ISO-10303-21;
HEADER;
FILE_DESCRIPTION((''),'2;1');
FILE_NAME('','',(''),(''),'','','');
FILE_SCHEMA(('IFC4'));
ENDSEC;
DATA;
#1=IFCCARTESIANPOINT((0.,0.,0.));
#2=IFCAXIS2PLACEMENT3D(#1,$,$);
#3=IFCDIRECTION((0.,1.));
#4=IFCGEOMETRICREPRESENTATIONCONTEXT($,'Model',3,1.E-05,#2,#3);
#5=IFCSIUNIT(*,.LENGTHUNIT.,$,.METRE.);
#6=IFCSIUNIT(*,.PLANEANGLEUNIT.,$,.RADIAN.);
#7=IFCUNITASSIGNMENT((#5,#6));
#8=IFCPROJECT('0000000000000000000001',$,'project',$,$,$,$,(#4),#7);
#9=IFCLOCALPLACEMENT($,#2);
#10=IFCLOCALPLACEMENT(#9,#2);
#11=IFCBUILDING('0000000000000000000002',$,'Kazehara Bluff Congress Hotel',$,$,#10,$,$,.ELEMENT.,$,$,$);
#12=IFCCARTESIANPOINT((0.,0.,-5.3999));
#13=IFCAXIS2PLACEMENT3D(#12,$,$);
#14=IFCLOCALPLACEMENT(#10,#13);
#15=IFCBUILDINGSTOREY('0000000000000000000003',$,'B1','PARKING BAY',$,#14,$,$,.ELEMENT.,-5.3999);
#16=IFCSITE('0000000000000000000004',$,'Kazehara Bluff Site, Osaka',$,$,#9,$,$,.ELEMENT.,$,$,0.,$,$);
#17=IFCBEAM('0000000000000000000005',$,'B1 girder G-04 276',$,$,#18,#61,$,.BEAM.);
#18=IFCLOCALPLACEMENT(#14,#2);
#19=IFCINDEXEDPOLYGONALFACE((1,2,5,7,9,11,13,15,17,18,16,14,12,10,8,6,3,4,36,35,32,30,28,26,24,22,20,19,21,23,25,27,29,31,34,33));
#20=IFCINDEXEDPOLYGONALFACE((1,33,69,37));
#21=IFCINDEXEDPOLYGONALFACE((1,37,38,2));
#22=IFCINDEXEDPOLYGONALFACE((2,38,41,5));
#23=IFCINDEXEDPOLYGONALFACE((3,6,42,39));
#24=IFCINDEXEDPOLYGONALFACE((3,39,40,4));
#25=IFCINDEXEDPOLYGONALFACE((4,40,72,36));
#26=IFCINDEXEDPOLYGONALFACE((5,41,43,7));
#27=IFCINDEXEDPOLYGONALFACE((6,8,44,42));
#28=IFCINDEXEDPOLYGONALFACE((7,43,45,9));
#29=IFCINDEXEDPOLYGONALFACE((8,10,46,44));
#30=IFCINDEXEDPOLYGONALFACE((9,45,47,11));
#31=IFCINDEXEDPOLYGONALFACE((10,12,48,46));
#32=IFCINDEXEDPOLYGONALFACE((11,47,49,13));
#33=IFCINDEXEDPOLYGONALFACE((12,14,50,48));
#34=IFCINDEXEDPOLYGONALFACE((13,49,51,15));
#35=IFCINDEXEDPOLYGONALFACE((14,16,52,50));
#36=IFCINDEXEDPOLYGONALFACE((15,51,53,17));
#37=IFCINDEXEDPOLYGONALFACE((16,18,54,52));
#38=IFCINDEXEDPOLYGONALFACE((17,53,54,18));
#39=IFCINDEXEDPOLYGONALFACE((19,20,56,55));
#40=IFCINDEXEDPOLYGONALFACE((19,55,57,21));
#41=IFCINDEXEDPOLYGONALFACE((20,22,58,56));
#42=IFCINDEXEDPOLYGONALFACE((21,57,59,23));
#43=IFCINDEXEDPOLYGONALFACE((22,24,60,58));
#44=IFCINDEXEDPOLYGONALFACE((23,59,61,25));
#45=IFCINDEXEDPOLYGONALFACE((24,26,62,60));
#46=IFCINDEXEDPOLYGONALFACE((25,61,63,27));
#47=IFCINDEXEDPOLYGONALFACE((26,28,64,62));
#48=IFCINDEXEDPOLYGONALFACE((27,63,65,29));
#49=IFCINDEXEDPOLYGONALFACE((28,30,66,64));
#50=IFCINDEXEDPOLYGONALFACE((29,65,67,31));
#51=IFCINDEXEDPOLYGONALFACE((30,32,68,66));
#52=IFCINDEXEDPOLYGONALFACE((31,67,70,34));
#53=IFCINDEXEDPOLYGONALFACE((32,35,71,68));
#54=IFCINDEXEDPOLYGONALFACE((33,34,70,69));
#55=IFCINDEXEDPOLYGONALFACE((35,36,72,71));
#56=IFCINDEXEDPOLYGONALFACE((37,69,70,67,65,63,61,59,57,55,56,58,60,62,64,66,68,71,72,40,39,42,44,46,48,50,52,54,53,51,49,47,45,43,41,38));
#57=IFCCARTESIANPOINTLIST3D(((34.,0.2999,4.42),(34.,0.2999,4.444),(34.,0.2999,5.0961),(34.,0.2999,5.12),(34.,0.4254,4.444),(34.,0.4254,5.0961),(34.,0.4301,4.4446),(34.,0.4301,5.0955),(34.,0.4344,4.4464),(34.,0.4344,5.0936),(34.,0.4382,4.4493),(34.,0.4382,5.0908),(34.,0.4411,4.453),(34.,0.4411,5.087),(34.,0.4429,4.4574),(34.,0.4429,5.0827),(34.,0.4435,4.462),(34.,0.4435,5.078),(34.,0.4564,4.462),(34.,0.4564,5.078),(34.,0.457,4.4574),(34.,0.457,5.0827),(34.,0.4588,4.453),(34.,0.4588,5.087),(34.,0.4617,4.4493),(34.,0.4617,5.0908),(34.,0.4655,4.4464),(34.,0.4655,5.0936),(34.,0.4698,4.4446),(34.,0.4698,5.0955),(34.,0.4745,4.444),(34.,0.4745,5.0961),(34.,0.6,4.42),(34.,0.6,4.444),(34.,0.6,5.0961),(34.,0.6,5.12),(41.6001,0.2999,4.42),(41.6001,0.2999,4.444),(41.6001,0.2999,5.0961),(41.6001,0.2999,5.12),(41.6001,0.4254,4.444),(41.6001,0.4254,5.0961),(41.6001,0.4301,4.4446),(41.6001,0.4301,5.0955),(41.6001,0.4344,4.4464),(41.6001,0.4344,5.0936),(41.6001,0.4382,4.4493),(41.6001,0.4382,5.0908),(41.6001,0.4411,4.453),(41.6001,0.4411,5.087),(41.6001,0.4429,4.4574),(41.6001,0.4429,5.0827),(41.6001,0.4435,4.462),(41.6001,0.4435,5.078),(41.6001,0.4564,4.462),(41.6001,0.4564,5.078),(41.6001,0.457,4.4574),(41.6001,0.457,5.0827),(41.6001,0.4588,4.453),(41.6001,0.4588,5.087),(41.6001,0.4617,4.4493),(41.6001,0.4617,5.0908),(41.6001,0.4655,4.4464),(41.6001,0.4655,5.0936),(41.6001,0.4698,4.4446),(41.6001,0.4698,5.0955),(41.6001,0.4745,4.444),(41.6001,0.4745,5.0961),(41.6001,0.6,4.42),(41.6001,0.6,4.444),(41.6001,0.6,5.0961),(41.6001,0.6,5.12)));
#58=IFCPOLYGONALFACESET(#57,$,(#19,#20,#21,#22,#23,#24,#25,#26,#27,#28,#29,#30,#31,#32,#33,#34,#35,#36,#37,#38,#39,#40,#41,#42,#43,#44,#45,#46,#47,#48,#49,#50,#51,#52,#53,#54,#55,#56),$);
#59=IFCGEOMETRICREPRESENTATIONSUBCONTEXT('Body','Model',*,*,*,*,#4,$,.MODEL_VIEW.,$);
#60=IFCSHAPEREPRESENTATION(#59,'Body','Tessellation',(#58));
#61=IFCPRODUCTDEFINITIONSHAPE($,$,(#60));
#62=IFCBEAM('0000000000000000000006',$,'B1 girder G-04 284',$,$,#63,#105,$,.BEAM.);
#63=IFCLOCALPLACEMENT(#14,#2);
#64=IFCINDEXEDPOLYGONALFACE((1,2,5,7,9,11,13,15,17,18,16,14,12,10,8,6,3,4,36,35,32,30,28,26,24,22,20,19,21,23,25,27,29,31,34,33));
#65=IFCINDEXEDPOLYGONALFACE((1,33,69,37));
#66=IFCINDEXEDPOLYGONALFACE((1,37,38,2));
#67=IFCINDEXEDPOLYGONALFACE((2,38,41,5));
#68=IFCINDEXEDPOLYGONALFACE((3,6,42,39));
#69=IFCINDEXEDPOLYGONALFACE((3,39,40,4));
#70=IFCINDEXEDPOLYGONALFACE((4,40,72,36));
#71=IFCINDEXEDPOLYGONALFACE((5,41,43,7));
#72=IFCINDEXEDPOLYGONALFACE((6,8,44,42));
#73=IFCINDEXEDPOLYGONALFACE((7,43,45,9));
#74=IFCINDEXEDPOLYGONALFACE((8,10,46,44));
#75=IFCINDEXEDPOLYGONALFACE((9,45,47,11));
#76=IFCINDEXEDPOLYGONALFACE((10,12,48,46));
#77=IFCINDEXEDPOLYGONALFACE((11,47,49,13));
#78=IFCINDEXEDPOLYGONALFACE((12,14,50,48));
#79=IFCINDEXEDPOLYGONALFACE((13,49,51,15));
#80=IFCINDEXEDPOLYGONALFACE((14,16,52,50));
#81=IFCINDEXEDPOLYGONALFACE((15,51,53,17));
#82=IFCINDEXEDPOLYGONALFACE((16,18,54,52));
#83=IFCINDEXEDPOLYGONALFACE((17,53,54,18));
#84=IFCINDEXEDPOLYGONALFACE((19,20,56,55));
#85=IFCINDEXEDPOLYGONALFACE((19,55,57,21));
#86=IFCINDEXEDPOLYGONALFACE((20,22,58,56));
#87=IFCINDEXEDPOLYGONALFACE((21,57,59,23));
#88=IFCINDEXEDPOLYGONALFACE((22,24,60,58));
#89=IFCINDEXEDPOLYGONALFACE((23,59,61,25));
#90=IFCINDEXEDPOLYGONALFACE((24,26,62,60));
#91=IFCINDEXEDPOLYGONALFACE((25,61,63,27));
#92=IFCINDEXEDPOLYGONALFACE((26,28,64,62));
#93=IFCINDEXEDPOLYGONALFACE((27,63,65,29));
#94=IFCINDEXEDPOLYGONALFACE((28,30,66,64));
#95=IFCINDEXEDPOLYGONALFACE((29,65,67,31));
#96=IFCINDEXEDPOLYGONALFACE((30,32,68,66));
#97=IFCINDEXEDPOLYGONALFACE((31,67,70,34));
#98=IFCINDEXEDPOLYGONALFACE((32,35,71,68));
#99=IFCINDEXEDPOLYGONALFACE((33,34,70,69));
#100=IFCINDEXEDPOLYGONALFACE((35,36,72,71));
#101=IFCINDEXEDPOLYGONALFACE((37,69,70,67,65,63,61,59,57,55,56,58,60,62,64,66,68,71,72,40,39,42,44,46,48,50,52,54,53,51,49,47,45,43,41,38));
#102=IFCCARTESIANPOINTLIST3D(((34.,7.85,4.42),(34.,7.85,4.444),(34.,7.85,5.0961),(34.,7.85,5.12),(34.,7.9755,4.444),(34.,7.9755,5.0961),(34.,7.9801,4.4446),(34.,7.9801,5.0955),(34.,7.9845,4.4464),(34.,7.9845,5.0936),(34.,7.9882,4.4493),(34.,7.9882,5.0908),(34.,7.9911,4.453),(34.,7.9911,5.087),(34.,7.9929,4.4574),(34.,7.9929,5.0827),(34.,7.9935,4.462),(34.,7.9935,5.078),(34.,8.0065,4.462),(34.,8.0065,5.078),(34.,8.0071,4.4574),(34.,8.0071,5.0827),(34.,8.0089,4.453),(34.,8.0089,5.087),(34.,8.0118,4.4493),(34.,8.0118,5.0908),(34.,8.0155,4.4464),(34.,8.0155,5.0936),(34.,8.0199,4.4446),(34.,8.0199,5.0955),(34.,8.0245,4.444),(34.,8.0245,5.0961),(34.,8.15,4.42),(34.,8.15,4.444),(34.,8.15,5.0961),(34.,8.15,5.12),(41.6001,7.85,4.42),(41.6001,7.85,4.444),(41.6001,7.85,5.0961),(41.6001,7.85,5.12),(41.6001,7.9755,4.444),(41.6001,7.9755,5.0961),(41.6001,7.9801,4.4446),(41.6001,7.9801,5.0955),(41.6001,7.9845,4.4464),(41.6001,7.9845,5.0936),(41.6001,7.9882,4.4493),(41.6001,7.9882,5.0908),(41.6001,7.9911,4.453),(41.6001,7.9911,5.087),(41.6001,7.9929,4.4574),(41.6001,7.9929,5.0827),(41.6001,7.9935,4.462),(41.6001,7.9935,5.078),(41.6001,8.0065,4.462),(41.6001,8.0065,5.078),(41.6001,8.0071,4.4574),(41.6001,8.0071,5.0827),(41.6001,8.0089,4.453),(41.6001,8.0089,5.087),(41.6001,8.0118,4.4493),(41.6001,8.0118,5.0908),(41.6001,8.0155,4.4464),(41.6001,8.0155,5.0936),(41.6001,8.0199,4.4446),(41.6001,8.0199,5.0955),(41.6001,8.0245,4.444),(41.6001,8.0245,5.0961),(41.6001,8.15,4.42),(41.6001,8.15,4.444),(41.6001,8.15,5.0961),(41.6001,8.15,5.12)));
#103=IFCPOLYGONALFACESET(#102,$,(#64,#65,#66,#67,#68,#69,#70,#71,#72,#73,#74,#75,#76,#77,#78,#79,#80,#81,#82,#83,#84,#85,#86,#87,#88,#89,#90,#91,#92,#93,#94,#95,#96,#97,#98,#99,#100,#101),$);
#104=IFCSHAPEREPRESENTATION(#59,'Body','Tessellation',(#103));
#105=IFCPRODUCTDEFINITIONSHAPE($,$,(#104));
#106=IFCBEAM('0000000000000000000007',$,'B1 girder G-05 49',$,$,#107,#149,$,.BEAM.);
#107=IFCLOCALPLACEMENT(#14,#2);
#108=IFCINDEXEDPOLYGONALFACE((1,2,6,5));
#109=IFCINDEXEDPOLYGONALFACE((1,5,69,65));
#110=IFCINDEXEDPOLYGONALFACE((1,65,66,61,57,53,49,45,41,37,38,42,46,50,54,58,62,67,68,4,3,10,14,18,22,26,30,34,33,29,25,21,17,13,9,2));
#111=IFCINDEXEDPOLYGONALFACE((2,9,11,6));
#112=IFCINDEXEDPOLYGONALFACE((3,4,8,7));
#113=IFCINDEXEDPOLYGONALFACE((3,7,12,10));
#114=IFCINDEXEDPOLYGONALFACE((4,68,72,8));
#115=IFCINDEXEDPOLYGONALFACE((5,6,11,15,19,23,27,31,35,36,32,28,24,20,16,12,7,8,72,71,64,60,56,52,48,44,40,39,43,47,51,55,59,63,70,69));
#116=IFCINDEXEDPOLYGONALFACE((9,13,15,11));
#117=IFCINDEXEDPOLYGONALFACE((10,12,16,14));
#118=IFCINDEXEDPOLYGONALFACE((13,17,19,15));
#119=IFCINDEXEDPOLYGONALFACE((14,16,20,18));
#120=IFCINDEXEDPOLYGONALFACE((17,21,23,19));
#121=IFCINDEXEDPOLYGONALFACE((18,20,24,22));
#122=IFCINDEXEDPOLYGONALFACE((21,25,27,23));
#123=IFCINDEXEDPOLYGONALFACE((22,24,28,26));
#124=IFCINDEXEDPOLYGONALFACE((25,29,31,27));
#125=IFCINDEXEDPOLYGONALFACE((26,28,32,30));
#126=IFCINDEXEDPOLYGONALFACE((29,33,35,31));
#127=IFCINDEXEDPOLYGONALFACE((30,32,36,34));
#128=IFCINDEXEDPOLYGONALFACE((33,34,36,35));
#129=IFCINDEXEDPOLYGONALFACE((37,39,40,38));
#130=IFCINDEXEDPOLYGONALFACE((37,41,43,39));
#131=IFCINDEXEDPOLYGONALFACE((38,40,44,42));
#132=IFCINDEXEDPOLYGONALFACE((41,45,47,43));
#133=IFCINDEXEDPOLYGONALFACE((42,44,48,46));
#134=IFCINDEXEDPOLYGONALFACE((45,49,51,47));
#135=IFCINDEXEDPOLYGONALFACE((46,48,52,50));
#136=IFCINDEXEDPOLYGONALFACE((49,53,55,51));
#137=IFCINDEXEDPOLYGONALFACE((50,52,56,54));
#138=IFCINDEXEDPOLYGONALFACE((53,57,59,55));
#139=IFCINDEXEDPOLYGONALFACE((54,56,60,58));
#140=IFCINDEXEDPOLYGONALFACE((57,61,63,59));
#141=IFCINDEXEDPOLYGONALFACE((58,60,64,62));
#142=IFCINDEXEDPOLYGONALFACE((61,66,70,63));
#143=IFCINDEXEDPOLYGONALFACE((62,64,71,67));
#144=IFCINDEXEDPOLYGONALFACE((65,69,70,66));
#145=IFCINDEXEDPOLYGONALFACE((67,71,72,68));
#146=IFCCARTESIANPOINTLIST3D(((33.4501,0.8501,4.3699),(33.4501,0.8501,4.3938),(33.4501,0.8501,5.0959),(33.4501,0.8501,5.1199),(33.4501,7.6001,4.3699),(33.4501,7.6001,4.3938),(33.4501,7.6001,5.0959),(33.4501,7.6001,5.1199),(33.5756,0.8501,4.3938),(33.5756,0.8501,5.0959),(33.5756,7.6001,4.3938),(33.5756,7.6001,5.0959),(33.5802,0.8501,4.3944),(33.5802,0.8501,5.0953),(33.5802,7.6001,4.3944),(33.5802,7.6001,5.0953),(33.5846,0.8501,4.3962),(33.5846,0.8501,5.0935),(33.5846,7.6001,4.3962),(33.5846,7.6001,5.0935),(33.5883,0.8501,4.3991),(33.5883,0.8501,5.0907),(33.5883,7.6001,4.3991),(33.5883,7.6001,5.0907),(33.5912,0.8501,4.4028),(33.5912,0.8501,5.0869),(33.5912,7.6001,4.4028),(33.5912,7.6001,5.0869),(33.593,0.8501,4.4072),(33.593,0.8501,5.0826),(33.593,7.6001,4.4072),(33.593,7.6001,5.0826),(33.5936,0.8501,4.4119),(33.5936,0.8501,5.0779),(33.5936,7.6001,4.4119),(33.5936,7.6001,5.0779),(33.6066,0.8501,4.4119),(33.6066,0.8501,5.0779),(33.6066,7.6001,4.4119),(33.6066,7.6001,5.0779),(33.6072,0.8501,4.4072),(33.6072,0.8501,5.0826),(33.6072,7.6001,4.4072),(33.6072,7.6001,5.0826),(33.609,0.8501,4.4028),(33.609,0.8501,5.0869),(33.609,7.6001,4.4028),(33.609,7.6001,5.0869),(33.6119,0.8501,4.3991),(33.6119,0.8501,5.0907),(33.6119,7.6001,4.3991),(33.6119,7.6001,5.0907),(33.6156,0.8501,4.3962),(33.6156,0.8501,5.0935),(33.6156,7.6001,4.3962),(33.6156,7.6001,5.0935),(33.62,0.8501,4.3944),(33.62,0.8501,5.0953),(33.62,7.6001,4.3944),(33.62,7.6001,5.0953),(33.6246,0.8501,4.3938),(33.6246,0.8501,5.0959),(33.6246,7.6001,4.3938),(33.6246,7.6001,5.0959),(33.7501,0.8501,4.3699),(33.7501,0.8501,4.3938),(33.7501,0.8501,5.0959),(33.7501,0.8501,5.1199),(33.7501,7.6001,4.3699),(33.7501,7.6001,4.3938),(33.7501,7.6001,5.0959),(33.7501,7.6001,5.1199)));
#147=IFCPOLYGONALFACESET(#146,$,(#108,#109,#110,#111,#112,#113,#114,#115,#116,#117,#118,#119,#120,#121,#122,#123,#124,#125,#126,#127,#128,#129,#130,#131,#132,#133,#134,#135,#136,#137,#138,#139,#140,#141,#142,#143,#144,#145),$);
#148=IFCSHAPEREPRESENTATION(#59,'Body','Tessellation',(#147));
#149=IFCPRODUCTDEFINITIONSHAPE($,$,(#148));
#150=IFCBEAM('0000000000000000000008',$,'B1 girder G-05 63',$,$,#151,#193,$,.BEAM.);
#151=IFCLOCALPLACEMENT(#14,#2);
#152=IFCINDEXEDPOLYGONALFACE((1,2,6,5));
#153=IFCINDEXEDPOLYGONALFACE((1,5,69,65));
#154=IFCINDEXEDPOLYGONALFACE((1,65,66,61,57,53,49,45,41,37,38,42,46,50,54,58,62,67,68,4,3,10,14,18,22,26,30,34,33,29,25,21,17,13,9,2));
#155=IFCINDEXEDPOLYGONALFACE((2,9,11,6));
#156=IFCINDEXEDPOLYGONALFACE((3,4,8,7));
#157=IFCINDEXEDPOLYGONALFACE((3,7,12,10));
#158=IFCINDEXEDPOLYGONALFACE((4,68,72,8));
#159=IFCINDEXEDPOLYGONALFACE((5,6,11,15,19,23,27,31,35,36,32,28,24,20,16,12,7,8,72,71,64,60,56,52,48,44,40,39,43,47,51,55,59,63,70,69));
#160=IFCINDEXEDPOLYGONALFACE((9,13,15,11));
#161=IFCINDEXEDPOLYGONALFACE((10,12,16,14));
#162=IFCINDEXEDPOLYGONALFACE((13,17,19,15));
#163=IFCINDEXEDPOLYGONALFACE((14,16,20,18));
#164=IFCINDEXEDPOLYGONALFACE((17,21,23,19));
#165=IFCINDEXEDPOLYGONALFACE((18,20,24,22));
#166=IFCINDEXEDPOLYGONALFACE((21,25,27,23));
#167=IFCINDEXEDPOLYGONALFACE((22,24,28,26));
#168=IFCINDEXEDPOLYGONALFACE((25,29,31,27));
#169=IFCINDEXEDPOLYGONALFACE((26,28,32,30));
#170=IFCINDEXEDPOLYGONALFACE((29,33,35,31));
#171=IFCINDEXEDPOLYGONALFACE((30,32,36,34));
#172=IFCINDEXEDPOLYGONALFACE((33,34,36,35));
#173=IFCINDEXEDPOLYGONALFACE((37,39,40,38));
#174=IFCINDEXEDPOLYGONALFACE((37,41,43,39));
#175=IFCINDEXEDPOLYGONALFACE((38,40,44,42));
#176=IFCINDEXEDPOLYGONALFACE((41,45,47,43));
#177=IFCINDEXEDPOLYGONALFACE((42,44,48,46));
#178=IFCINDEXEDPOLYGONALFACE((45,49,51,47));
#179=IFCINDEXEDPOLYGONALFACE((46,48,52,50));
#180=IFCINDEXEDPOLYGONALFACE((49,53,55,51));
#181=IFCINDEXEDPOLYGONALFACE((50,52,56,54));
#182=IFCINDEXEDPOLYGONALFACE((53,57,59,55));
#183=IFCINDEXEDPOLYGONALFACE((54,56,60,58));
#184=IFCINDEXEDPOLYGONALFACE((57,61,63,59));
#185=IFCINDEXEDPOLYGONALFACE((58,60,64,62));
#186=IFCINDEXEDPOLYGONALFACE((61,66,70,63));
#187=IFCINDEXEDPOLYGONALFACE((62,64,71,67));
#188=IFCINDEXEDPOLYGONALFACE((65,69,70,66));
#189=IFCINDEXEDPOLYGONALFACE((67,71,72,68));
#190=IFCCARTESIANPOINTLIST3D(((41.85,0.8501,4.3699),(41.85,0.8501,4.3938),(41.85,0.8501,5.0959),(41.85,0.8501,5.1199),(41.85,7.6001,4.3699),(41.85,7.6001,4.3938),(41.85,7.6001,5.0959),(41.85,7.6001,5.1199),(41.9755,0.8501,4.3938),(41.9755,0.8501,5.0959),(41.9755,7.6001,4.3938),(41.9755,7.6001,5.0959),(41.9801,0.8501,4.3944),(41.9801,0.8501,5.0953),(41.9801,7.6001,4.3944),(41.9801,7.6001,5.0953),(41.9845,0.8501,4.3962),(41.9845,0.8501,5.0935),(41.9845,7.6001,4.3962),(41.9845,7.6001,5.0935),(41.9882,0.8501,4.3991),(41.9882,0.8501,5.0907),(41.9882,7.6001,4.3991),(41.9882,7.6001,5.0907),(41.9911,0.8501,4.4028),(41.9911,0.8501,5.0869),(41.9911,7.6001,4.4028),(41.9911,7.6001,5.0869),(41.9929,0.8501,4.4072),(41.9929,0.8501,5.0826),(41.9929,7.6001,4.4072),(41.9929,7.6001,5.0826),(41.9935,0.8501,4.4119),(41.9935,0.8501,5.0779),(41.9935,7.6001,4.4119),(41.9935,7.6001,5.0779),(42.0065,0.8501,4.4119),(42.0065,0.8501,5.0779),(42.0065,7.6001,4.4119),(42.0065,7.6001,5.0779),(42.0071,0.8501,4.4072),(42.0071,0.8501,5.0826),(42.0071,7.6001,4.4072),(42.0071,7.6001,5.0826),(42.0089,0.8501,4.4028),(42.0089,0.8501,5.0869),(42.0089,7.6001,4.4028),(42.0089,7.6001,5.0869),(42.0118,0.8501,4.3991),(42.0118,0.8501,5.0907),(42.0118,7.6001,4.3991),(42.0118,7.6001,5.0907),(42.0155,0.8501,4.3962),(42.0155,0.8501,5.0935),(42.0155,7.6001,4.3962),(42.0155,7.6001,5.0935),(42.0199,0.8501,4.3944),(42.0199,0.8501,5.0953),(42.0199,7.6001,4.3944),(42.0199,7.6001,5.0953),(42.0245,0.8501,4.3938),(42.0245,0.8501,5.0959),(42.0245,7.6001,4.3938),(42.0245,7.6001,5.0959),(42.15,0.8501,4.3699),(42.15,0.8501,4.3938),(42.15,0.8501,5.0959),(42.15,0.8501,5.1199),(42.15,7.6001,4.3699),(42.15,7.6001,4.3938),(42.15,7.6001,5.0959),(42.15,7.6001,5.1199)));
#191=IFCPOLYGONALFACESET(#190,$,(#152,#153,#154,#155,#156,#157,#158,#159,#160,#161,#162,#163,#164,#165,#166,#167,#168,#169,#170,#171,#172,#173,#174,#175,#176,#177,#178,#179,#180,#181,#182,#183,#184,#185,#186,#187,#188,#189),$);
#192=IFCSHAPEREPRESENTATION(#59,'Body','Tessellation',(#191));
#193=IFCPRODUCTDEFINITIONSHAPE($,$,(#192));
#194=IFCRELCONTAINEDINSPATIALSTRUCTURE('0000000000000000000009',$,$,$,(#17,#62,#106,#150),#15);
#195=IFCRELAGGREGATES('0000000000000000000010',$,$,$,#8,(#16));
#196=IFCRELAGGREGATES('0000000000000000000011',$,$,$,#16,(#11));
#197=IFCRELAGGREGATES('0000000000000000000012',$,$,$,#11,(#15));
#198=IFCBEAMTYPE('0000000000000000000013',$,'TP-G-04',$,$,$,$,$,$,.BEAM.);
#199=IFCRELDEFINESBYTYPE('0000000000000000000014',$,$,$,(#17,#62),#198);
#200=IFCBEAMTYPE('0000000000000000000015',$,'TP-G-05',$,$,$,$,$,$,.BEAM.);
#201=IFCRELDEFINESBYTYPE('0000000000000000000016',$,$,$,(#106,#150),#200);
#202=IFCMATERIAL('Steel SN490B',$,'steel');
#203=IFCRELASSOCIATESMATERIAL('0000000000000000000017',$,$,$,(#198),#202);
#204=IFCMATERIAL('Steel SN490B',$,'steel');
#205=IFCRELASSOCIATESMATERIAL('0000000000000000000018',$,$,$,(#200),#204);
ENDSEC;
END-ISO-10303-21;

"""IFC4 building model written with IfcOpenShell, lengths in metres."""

from ifc_helpers import new_model, si_unit, direction, frame, origin, origin_2d, place, context, subcontext, project, spatial, i_section, extrude, material, material_profile, profile_set, type_object, element, save


model = new_model("IFC4")

# Units and contexts
model_context = context("Model", 3, precision=1e-05, world=origin(), true_north=direction((0.0, 1.0)))
body_context = subcontext(model_context, "Body", "Model", "MODEL_VIEW")
ifc_project = project(units=[si_unit("LENGTHUNIT", "METRE"), si_unit("PLANEANGLEUNIT", "RADIAN")], contexts=[model_context])

# Site, building, storey
site_placement = place(None, origin())
site = spatial("IfcSite", under=ifc_project, at=site_placement, Name="Kazehara Bluff Site, Osaka", CompositionType="ELEMENT", RefElevation=0.0)
building_placement = place(site_placement, origin())
building = spatial("IfcBuilding", under=site, at=building_placement, Name="Kazehara Bluff Congress Hotel", CompositionType="ELEMENT")
storey_placement = place(building_placement, frame((0.0, 0.0, -5.3999)))
storey = spatial("IfcBuildingStorey", under=building, at=storey_placement, Name="B1", Description="PARKING BAY", CompositionType="ELEMENT", Elevation=-5.3999)

# Beams
ifc_material_1 = material(Name="Steel SN490B", Category="steel")
ifc_material_profile_1 = material_profile(ifc_material_1, i_section(OverallWidth=0.3, OverallDepth=0.7, WebThickness=0.0129, FlangeThickness=0.0239, FilletRadius=0.0181, at=origin_2d()))
ifc_profile_set_1 = profile_set([ifc_material_profile_1], Name="Steel SN490B")
beam_type_1 = type_object("IfcBeamType", Name="TP-G-04", PredefinedType="BEAM", material=ifc_profile_set_1)
for number, where, z_axis, x_axis, name in (
    (1, (34.0, 0.45, 4.77), (1.0, 0.0, 0.0), (0.0, 1.0, 0.0), "B1 girder G-04 276"),
    (2, (34.0, 8.0, 4.77), (1.0, 0.0, 0.0), (0.0, 1.0, 0.0), "B1 girder G-04 284"),
):
    element("IfcBeam", number, at=place(storey_placement, frame(where, z_axis=z_axis, x_axis=x_axis)), inside=storey, type_object=beam_type_1, Name=name, PredefinedType="BEAM", context=body_context, shape_type="SweptSolid", body=[
        extrude(i_section(OverallWidth=0.3, OverallDepth=0.7, WebThickness=0.0129, FlangeThickness=0.0239, FilletRadius=0.0181, at=origin_2d()), origin(), (0.0, 0.0, 1.0), 7.6001),
    ])
ifc_material_2 = material(Name="Steel SN490B", Category="steel")
ifc_material_profile_2 = material_profile(ifc_material_2, i_section(OverallWidth=0.3, OverallDepth=0.75, WebThickness=0.0129, FlangeThickness=0.0239, FilletRadius=0.0181, at=origin_2d()))
ifc_profile_set_2 = profile_set([ifc_material_profile_2], Name="Steel SN490B")
beam_type_2 = type_object("IfcBeamType", Name="TP-G-05", PredefinedType="BEAM", material=ifc_profile_set_2)
for number, where, z_axis, x_axis, name in (
    (3, (33.6001, 0.8501, 4.7449), (0.0, 1.0, 0.0), (-1.0, 0.0, 0.0), "B1 girder G-05 49"),
    (4, (42.0, 0.8501, 4.7449), (0.0, 1.0, 0.0), (-1.0, 0.0, 0.0), "B1 girder G-05 63"),
):
    element("IfcBeam", number, at=place(storey_placement, frame(where, z_axis=z_axis, x_axis=x_axis)), inside=storey, type_object=beam_type_2, Name=name, PredefinedType="BEAM", context=body_context, shape_type="SweptSolid", body=[
        extrude(i_section(OverallWidth=0.3, OverallDepth=0.75, WebThickness=0.0129, FlangeThickness=0.0239, FilletRadius=0.0181, at=origin_2d()), origin(), (0.0, 0.0, 1.0), 6.75),
    ])

save(model, "model.ifc")
